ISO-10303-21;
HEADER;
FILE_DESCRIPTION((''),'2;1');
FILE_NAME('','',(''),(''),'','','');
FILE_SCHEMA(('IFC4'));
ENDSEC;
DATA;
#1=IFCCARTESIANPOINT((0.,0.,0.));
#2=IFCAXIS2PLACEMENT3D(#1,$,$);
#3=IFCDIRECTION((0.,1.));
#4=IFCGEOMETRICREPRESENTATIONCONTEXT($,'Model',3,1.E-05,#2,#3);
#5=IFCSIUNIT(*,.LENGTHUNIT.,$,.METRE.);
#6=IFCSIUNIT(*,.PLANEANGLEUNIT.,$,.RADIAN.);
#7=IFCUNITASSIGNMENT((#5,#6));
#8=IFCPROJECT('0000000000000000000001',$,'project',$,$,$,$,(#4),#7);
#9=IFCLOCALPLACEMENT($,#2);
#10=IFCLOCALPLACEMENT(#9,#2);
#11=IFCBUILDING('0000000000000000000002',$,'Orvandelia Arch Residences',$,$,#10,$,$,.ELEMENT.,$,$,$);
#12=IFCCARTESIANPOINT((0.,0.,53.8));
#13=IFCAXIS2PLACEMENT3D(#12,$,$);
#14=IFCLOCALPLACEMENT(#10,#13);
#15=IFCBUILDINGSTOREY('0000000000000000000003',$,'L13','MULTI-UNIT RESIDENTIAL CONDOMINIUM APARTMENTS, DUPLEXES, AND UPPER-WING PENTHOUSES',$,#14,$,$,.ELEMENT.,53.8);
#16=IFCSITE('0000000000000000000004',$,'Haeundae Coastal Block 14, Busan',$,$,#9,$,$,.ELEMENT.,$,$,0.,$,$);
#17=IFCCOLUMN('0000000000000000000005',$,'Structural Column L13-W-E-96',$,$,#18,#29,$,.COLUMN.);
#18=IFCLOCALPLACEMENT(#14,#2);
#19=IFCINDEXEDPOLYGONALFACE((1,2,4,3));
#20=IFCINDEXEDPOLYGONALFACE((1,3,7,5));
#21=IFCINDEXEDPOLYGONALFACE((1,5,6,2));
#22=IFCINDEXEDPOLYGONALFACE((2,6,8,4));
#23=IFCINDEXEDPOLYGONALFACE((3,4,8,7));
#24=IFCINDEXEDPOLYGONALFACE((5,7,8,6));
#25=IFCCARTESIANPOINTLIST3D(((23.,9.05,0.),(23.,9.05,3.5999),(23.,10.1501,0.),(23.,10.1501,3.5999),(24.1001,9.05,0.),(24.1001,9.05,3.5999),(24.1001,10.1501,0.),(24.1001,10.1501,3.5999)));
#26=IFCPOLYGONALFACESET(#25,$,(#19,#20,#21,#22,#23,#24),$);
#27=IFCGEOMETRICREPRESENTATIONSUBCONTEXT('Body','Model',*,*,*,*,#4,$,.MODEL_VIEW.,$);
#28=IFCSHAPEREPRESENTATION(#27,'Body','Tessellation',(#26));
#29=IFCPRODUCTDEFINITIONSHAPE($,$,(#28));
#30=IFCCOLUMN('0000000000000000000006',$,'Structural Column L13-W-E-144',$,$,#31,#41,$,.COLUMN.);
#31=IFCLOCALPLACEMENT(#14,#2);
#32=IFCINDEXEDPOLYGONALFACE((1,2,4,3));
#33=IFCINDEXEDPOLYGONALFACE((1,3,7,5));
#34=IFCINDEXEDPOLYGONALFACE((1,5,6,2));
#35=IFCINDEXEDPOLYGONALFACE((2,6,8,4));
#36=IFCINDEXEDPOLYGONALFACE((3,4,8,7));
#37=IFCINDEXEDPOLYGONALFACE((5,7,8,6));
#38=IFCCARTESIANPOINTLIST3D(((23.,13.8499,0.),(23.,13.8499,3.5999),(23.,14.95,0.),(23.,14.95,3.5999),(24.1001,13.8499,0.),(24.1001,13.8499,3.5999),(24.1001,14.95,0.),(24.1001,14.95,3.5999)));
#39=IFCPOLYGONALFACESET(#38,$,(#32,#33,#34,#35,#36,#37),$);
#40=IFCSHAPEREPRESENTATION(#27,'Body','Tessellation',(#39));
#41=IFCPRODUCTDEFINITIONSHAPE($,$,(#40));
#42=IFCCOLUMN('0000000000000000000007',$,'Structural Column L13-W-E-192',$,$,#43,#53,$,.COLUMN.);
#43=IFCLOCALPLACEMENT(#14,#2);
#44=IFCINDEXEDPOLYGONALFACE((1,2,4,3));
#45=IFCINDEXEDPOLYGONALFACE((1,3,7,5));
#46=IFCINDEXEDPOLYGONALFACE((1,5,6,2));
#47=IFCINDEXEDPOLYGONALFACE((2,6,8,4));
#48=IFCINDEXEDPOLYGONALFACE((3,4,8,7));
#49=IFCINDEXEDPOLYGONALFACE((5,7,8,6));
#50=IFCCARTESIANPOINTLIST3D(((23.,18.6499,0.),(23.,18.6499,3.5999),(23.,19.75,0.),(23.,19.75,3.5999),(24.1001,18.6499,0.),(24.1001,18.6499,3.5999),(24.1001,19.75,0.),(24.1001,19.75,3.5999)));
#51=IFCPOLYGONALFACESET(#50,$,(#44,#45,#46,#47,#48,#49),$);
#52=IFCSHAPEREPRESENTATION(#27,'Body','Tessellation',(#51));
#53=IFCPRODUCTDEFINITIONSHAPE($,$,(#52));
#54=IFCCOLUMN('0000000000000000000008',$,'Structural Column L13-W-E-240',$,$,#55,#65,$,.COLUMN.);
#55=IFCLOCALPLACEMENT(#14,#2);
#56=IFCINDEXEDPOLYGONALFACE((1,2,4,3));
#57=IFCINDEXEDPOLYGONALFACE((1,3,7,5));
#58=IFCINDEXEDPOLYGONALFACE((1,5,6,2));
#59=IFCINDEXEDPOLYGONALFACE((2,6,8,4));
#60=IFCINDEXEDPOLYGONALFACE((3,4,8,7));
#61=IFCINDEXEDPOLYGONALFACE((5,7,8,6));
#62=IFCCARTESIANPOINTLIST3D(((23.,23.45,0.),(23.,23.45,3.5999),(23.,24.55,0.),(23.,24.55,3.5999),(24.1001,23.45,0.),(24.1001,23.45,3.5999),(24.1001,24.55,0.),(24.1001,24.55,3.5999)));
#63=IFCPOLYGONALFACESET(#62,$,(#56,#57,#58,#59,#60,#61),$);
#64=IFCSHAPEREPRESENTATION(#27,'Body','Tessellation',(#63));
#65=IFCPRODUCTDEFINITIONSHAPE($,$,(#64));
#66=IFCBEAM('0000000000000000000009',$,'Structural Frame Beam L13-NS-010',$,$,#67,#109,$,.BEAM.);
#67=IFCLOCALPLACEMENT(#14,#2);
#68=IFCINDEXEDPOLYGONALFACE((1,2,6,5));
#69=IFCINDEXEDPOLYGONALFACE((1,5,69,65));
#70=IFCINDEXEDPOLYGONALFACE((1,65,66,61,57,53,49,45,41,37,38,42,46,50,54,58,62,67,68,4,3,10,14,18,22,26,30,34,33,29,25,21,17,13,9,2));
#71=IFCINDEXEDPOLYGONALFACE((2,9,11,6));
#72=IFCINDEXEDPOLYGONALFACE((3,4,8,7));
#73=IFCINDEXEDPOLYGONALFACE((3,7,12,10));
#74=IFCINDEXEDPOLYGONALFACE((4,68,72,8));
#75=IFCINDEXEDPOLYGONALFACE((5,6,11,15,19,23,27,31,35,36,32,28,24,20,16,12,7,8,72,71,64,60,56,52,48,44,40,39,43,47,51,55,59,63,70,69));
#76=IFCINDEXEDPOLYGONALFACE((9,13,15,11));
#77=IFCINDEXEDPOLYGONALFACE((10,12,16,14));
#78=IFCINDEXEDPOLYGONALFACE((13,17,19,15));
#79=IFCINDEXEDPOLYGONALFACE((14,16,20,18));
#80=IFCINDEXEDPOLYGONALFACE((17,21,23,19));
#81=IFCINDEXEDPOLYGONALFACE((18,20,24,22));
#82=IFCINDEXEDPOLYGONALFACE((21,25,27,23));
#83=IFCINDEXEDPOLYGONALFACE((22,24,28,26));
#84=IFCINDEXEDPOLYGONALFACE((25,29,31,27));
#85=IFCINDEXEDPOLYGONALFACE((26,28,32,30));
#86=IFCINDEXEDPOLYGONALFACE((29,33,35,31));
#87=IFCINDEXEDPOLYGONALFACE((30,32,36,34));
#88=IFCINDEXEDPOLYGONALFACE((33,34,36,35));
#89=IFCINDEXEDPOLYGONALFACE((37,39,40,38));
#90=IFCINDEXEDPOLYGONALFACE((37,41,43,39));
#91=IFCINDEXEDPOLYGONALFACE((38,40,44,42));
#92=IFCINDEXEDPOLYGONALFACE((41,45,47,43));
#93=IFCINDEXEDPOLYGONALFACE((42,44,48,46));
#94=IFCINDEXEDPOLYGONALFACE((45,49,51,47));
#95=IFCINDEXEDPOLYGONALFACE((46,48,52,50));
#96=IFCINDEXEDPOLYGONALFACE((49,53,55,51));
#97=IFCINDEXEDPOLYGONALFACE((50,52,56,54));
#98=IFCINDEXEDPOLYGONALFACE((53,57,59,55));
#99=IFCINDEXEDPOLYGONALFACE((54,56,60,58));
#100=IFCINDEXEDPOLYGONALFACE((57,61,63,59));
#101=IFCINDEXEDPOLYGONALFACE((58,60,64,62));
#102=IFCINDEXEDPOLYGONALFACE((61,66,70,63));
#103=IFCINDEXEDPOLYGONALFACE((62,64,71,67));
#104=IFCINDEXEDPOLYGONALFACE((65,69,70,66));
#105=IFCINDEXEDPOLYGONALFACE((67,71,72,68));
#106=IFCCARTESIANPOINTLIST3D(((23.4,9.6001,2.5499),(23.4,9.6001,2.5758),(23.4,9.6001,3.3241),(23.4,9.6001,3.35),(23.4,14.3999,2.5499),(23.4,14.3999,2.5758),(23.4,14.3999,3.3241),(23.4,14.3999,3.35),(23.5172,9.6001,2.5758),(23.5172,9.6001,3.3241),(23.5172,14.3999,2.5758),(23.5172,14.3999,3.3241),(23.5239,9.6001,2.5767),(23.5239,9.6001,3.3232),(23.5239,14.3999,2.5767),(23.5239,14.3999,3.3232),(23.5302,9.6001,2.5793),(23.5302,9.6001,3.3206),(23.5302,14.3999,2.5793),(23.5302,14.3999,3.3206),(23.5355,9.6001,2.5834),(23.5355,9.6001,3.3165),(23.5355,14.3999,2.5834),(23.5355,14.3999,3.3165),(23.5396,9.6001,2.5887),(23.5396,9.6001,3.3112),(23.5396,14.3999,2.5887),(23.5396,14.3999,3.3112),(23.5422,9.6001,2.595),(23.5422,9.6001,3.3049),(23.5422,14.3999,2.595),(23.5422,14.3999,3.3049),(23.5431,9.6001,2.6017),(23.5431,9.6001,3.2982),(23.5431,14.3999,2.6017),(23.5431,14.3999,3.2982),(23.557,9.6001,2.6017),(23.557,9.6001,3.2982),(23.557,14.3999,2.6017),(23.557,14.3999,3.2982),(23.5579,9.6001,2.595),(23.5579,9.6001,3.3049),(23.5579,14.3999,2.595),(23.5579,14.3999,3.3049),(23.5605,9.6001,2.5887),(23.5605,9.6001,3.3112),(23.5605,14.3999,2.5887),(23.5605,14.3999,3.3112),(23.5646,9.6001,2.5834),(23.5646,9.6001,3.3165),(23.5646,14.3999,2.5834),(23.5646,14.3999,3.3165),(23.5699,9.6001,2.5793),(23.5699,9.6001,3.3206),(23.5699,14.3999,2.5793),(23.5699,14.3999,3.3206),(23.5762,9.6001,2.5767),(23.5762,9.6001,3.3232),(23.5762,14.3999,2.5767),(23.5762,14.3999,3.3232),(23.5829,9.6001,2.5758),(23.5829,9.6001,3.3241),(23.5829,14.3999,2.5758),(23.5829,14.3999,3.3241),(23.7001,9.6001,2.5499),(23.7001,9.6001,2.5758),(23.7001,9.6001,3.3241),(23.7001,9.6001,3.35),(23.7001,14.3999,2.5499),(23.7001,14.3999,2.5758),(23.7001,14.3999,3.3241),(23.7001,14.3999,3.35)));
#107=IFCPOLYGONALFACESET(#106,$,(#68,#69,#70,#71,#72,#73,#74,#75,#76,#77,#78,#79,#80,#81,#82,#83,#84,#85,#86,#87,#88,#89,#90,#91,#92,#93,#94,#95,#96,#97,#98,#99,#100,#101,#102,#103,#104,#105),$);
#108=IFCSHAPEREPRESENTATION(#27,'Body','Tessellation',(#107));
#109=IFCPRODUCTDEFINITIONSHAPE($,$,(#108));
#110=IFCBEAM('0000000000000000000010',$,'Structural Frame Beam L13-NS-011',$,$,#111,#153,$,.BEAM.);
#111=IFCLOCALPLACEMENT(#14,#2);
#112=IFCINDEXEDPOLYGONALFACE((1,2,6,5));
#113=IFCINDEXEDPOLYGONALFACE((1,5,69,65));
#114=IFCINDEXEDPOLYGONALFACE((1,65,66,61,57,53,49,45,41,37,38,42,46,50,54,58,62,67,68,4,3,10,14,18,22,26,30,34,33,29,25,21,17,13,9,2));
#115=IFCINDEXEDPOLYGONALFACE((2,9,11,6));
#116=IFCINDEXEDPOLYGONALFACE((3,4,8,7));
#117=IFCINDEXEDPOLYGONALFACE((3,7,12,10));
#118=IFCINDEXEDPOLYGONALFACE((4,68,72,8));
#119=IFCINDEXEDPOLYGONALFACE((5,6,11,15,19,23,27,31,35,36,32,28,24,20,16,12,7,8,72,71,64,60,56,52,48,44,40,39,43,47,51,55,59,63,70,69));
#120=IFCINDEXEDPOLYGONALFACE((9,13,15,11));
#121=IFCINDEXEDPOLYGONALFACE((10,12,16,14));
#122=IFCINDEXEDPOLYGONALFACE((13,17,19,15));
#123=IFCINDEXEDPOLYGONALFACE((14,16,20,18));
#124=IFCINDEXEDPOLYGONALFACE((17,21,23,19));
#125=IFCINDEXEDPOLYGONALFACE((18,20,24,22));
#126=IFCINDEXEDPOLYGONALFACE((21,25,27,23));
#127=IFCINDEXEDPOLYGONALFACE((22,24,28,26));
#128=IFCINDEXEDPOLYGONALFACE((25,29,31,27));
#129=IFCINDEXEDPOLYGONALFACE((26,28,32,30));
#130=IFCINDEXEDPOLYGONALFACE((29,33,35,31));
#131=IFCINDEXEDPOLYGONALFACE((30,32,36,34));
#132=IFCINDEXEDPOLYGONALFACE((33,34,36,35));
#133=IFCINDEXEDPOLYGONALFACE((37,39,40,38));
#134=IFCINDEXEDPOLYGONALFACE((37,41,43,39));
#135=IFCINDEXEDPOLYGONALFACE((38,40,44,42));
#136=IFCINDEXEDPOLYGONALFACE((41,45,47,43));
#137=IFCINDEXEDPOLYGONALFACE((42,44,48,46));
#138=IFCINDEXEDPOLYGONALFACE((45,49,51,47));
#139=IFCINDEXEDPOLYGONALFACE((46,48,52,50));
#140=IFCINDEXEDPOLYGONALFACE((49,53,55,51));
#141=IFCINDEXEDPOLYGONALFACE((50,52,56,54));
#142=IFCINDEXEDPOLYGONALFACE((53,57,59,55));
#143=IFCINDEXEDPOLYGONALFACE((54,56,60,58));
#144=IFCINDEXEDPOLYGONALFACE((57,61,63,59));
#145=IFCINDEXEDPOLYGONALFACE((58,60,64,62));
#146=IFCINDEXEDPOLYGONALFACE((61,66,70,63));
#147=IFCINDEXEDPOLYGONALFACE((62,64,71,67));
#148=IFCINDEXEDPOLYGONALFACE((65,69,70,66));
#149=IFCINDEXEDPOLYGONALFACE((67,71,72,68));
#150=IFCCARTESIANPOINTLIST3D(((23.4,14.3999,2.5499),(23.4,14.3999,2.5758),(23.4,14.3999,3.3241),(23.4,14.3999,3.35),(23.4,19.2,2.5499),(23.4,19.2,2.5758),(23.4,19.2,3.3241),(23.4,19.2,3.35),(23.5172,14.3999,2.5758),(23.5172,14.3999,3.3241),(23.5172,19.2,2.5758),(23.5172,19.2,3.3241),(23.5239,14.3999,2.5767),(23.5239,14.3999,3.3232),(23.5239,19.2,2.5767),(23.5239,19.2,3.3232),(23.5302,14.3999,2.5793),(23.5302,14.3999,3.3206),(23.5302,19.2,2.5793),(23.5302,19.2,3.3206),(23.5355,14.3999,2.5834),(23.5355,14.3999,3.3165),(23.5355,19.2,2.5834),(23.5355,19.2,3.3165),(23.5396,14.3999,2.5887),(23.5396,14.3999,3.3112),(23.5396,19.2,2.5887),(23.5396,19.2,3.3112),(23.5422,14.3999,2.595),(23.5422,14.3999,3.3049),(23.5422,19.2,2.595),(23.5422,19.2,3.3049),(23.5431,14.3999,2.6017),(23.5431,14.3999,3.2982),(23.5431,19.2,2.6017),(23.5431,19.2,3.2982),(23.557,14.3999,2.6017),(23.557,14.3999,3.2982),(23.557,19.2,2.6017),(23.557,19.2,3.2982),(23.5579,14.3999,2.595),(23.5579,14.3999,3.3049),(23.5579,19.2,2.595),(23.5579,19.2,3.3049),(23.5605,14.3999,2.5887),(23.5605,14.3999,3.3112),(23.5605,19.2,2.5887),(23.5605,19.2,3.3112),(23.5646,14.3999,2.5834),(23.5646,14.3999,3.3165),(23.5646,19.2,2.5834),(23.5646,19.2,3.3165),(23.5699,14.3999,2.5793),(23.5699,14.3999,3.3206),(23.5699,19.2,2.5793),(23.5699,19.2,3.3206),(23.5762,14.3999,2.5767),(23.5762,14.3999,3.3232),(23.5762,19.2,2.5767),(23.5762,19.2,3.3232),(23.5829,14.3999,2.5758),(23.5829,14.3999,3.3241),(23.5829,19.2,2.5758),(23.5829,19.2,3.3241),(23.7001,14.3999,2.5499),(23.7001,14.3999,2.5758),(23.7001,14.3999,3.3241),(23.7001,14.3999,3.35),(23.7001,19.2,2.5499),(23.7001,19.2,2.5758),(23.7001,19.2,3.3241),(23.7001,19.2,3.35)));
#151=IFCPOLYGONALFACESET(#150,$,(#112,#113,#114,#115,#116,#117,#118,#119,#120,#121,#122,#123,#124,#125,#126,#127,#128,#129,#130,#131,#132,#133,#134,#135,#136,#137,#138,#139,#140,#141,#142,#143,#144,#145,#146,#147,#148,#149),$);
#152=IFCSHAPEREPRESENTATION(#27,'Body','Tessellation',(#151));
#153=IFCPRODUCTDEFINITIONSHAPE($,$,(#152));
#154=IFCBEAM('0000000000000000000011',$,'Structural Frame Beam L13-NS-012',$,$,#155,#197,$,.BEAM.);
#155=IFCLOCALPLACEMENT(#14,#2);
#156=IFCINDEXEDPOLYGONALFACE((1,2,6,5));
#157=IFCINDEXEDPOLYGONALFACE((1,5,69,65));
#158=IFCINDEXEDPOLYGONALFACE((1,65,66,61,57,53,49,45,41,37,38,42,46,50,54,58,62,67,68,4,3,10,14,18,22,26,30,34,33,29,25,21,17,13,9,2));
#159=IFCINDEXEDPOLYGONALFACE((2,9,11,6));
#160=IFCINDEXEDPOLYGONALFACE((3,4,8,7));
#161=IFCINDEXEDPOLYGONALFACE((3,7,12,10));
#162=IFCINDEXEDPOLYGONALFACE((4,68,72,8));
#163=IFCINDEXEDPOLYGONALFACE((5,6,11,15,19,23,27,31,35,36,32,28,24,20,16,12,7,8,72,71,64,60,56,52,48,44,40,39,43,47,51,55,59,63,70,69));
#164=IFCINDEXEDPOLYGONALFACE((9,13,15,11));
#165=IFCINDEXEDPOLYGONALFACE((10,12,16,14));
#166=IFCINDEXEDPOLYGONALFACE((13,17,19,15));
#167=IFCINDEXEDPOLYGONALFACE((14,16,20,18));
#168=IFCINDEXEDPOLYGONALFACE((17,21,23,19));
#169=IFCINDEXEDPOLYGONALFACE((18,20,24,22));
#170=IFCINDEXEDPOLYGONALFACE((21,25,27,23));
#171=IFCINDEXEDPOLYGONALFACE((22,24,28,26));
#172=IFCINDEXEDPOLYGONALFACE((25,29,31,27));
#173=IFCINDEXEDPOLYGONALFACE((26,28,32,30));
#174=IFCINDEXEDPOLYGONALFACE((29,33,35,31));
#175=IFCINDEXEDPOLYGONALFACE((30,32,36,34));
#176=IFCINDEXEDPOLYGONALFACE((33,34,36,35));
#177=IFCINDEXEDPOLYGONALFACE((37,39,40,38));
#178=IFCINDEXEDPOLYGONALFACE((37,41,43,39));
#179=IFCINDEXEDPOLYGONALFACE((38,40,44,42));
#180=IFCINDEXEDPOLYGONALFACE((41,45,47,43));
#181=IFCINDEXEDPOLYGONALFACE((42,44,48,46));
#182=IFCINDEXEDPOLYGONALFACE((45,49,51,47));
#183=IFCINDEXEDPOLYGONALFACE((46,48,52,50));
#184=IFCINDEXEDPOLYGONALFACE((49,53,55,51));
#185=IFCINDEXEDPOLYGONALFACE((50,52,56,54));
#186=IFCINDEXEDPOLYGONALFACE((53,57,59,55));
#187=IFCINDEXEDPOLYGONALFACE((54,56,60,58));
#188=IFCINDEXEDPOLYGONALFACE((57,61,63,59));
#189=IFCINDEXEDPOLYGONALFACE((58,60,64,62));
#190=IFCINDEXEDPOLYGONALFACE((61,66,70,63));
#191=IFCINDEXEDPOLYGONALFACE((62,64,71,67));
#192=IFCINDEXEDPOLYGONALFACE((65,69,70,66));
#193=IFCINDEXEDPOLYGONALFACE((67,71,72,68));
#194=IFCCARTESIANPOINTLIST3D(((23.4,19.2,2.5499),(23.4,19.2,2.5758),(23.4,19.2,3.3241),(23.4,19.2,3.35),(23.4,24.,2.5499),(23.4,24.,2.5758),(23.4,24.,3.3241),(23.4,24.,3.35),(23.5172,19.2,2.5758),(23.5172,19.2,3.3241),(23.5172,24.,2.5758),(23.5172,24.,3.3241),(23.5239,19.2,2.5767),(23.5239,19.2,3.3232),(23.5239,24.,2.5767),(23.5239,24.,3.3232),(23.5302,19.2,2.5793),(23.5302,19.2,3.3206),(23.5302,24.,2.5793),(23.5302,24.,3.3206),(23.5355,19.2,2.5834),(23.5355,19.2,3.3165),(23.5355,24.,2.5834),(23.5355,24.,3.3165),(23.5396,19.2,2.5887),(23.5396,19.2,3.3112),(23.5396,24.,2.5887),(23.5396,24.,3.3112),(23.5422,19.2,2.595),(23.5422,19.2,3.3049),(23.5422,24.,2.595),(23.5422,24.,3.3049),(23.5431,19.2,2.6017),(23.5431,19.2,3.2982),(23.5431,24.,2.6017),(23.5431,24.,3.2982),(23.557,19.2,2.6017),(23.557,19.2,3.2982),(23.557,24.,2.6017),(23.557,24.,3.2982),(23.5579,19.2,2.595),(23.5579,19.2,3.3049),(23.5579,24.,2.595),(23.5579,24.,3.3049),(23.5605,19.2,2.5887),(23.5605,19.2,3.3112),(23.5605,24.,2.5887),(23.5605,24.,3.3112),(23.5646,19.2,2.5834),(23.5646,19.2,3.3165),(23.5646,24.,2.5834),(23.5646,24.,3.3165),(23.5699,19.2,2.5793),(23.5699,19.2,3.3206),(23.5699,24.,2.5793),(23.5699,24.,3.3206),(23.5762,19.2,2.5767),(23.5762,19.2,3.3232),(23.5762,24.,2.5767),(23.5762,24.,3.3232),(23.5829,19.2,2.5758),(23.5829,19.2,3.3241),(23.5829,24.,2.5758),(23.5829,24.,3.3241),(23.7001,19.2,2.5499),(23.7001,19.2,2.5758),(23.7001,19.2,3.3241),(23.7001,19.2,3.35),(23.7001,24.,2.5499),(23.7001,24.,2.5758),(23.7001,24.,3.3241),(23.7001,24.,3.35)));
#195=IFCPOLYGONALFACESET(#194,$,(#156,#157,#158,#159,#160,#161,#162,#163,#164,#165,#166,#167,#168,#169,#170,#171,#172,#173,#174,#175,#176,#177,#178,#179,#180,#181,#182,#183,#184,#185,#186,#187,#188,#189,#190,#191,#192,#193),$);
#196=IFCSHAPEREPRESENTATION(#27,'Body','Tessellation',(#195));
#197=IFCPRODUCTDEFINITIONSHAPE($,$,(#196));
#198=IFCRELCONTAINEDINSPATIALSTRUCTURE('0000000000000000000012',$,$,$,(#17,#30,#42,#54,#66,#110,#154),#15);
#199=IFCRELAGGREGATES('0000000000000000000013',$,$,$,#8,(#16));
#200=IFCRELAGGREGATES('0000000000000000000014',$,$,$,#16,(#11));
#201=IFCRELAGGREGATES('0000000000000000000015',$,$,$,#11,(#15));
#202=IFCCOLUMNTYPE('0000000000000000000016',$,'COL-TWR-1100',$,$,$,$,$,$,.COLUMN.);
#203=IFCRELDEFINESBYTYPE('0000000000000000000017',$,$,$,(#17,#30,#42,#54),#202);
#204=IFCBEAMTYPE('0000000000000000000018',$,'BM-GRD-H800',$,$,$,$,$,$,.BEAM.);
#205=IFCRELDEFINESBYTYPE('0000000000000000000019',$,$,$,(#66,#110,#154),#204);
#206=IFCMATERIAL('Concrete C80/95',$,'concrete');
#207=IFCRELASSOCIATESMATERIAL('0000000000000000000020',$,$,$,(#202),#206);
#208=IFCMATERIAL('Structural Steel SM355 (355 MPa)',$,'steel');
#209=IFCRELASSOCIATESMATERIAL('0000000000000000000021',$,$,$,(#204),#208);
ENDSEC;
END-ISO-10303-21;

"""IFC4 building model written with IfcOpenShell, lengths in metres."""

from ifc_helpers import new_model, si_unit, direction, frame, origin, origin_2d, place, context, subcontext, project, spatial, rectangle, i_section, extrude, material, material_profile, profile_set, type_object, element, save


model = new_model("IFC4")

# Units and contexts
model_context = context("Model", 3, precision=1e-05, world=origin(), true_north=direction((0.0, 1.0)))
body_context = subcontext(model_context, "Body", "Model", "MODEL_VIEW")
ifc_project = project(units=[si_unit("LENGTHUNIT", "METRE"), si_unit("PLANEANGLEUNIT", "RADIAN")], contexts=[model_context])

# Site, building, storey
site_placement = place(None, origin())
site = spatial("IfcSite", under=ifc_project, at=site_placement, Name="Haeundae Coastal Block 14, Busan", CompositionType="ELEMENT", RefElevation=0.0)
building_placement = place(site_placement, origin())
building = spatial("IfcBuilding", under=site, at=building_placement, Name="Orvandelia Arch Residences", CompositionType="ELEMENT")
storey_placement = place(building_placement, frame((0.0, 0.0, 53.8)))
storey = spatial("IfcBuildingStorey", under=building, at=storey_placement, Name="L13", Description="MULTI-UNIT RESIDENTIAL CONDOMINIUM APARTMENTS, DUPLEXES, AND UPPER-WING PENTHOUSES", CompositionType="ELEMENT", Elevation=53.8)

# Columns
ifc_material_1 = material(Name="Concrete C80/95", Category="concrete")
ifc_material_profile_1 = material_profile(ifc_material_1, rectangle(XDim=1.1001, YDim=1.1001, at=origin_2d()), Name="Concrete C80/95", Category="concrete")
ifc_profile_set_1 = profile_set([ifc_material_profile_1], Name="Concrete C80/95")
column_type = type_object("IfcColumnType", Name="COL-TWR-1100", PredefinedType="COLUMN", material=ifc_profile_set_1)
for number, where, z_axis, x_axis, name in (
    (1, (23.55, 9.6001, 0.0), (0.0, 0.0, 1.0), (1.0, 0.0, 0.0), "Structural Column L13-W-E-96"),
    (2, (23.55, 14.3999, 0.0), (0.0, 0.0, 1.0), (1.0, 0.0, 0.0), "Structural Column L13-W-E-144"),
    (3, (23.55, 19.2, 0.0), (0.0, 0.0, 1.0), (1.0, 0.0, 0.0), "Structural Column L13-W-E-192"),
    (4, (23.55, 24.0, 0.0), (0.0, 0.0, 1.0), (1.0, 0.0, 0.0), "Structural Column L13-W-E-240"),
):
    element("IfcColumn", number, at=place(storey_placement, frame(where, z_axis=z_axis, x_axis=x_axis)), inside=storey, type_object=column_type, Name=name, PredefinedType="COLUMN", context=body_context, shape_type="SweptSolid", body=[
        extrude(rectangle(XDim=1.1001, YDim=1.1001, at=origin_2d()), origin(), (0.0, 0.0, 1.0), 3.5999),
    ])

# Beams
ifc_material_2 = material(Name="Structural Steel SM355 (355 MPa)", Category="steel")
ifc_material_profile_2 = material_profile(ifc_material_2, i_section(OverallWidth=0.3, OverallDepth=0.8, WebThickness=0.0139, FlangeThickness=0.0259, FilletRadius=0.0259, at=origin_2d()), Name="Structural Steel SM355 (355 MPa)", Category="steel")
ifc_profile_set_2 = profile_set([ifc_material_profile_2], Name="Structural Steel SM355 (355 MPa)")
beam_type = type_object("IfcBeamType", Name="BM-GRD-H800", PredefinedType="BEAM", material=ifc_profile_set_2)
beam_1_placement = place(storey_placement, frame((23.55, 9.6001, 2.95), z_axis=(0.0, 1.0, 0.0), x_axis=(-1.0, 0.0, 0.0)))
element("IfcBeam", 5, at=beam_1_placement, inside=storey, type_object=beam_type, Name="Structural Frame Beam L13-NS-010", PredefinedType="BEAM", context=body_context, shape_type="SweptSolid", body=[
    extrude(i_section(OverallWidth=0.3, OverallDepth=0.8, WebThickness=0.0139, FlangeThickness=0.0259, FilletRadius=0.0259, at=origin_2d()), origin(), (0.0, 0.0, 1.0), 4.7998),
])
for number, where, z_axis, x_axis, name in (
    (6, (23.55, 14.3999, 2.95), (0.0, 1.0, 0.0), (-1.0, 0.0, 0.0), "Structural Frame Beam L13-NS-011"),
    (7, (23.55, 19.2, 2.95), (0.0, 1.0, 0.0), (-1.0, 0.0, 0.0), "Structural Frame Beam L13-NS-012"),
):
    element("IfcBeam", number, at=place(storey_placement, frame(where, z_axis=z_axis, x_axis=x_axis)), inside=storey, type_object=beam_type, Name=name, PredefinedType="BEAM", context=body_context, shape_type="SweptSolid", body=[
        extrude(i_section(OverallWidth=0.3, OverallDepth=0.8, WebThickness=0.0139, FlangeThickness=0.0259, FilletRadius=0.0259, at=origin_2d()), origin(), (0.0, 0.0, 1.0), 4.8),
    ])

save(model, "model.ifc")
